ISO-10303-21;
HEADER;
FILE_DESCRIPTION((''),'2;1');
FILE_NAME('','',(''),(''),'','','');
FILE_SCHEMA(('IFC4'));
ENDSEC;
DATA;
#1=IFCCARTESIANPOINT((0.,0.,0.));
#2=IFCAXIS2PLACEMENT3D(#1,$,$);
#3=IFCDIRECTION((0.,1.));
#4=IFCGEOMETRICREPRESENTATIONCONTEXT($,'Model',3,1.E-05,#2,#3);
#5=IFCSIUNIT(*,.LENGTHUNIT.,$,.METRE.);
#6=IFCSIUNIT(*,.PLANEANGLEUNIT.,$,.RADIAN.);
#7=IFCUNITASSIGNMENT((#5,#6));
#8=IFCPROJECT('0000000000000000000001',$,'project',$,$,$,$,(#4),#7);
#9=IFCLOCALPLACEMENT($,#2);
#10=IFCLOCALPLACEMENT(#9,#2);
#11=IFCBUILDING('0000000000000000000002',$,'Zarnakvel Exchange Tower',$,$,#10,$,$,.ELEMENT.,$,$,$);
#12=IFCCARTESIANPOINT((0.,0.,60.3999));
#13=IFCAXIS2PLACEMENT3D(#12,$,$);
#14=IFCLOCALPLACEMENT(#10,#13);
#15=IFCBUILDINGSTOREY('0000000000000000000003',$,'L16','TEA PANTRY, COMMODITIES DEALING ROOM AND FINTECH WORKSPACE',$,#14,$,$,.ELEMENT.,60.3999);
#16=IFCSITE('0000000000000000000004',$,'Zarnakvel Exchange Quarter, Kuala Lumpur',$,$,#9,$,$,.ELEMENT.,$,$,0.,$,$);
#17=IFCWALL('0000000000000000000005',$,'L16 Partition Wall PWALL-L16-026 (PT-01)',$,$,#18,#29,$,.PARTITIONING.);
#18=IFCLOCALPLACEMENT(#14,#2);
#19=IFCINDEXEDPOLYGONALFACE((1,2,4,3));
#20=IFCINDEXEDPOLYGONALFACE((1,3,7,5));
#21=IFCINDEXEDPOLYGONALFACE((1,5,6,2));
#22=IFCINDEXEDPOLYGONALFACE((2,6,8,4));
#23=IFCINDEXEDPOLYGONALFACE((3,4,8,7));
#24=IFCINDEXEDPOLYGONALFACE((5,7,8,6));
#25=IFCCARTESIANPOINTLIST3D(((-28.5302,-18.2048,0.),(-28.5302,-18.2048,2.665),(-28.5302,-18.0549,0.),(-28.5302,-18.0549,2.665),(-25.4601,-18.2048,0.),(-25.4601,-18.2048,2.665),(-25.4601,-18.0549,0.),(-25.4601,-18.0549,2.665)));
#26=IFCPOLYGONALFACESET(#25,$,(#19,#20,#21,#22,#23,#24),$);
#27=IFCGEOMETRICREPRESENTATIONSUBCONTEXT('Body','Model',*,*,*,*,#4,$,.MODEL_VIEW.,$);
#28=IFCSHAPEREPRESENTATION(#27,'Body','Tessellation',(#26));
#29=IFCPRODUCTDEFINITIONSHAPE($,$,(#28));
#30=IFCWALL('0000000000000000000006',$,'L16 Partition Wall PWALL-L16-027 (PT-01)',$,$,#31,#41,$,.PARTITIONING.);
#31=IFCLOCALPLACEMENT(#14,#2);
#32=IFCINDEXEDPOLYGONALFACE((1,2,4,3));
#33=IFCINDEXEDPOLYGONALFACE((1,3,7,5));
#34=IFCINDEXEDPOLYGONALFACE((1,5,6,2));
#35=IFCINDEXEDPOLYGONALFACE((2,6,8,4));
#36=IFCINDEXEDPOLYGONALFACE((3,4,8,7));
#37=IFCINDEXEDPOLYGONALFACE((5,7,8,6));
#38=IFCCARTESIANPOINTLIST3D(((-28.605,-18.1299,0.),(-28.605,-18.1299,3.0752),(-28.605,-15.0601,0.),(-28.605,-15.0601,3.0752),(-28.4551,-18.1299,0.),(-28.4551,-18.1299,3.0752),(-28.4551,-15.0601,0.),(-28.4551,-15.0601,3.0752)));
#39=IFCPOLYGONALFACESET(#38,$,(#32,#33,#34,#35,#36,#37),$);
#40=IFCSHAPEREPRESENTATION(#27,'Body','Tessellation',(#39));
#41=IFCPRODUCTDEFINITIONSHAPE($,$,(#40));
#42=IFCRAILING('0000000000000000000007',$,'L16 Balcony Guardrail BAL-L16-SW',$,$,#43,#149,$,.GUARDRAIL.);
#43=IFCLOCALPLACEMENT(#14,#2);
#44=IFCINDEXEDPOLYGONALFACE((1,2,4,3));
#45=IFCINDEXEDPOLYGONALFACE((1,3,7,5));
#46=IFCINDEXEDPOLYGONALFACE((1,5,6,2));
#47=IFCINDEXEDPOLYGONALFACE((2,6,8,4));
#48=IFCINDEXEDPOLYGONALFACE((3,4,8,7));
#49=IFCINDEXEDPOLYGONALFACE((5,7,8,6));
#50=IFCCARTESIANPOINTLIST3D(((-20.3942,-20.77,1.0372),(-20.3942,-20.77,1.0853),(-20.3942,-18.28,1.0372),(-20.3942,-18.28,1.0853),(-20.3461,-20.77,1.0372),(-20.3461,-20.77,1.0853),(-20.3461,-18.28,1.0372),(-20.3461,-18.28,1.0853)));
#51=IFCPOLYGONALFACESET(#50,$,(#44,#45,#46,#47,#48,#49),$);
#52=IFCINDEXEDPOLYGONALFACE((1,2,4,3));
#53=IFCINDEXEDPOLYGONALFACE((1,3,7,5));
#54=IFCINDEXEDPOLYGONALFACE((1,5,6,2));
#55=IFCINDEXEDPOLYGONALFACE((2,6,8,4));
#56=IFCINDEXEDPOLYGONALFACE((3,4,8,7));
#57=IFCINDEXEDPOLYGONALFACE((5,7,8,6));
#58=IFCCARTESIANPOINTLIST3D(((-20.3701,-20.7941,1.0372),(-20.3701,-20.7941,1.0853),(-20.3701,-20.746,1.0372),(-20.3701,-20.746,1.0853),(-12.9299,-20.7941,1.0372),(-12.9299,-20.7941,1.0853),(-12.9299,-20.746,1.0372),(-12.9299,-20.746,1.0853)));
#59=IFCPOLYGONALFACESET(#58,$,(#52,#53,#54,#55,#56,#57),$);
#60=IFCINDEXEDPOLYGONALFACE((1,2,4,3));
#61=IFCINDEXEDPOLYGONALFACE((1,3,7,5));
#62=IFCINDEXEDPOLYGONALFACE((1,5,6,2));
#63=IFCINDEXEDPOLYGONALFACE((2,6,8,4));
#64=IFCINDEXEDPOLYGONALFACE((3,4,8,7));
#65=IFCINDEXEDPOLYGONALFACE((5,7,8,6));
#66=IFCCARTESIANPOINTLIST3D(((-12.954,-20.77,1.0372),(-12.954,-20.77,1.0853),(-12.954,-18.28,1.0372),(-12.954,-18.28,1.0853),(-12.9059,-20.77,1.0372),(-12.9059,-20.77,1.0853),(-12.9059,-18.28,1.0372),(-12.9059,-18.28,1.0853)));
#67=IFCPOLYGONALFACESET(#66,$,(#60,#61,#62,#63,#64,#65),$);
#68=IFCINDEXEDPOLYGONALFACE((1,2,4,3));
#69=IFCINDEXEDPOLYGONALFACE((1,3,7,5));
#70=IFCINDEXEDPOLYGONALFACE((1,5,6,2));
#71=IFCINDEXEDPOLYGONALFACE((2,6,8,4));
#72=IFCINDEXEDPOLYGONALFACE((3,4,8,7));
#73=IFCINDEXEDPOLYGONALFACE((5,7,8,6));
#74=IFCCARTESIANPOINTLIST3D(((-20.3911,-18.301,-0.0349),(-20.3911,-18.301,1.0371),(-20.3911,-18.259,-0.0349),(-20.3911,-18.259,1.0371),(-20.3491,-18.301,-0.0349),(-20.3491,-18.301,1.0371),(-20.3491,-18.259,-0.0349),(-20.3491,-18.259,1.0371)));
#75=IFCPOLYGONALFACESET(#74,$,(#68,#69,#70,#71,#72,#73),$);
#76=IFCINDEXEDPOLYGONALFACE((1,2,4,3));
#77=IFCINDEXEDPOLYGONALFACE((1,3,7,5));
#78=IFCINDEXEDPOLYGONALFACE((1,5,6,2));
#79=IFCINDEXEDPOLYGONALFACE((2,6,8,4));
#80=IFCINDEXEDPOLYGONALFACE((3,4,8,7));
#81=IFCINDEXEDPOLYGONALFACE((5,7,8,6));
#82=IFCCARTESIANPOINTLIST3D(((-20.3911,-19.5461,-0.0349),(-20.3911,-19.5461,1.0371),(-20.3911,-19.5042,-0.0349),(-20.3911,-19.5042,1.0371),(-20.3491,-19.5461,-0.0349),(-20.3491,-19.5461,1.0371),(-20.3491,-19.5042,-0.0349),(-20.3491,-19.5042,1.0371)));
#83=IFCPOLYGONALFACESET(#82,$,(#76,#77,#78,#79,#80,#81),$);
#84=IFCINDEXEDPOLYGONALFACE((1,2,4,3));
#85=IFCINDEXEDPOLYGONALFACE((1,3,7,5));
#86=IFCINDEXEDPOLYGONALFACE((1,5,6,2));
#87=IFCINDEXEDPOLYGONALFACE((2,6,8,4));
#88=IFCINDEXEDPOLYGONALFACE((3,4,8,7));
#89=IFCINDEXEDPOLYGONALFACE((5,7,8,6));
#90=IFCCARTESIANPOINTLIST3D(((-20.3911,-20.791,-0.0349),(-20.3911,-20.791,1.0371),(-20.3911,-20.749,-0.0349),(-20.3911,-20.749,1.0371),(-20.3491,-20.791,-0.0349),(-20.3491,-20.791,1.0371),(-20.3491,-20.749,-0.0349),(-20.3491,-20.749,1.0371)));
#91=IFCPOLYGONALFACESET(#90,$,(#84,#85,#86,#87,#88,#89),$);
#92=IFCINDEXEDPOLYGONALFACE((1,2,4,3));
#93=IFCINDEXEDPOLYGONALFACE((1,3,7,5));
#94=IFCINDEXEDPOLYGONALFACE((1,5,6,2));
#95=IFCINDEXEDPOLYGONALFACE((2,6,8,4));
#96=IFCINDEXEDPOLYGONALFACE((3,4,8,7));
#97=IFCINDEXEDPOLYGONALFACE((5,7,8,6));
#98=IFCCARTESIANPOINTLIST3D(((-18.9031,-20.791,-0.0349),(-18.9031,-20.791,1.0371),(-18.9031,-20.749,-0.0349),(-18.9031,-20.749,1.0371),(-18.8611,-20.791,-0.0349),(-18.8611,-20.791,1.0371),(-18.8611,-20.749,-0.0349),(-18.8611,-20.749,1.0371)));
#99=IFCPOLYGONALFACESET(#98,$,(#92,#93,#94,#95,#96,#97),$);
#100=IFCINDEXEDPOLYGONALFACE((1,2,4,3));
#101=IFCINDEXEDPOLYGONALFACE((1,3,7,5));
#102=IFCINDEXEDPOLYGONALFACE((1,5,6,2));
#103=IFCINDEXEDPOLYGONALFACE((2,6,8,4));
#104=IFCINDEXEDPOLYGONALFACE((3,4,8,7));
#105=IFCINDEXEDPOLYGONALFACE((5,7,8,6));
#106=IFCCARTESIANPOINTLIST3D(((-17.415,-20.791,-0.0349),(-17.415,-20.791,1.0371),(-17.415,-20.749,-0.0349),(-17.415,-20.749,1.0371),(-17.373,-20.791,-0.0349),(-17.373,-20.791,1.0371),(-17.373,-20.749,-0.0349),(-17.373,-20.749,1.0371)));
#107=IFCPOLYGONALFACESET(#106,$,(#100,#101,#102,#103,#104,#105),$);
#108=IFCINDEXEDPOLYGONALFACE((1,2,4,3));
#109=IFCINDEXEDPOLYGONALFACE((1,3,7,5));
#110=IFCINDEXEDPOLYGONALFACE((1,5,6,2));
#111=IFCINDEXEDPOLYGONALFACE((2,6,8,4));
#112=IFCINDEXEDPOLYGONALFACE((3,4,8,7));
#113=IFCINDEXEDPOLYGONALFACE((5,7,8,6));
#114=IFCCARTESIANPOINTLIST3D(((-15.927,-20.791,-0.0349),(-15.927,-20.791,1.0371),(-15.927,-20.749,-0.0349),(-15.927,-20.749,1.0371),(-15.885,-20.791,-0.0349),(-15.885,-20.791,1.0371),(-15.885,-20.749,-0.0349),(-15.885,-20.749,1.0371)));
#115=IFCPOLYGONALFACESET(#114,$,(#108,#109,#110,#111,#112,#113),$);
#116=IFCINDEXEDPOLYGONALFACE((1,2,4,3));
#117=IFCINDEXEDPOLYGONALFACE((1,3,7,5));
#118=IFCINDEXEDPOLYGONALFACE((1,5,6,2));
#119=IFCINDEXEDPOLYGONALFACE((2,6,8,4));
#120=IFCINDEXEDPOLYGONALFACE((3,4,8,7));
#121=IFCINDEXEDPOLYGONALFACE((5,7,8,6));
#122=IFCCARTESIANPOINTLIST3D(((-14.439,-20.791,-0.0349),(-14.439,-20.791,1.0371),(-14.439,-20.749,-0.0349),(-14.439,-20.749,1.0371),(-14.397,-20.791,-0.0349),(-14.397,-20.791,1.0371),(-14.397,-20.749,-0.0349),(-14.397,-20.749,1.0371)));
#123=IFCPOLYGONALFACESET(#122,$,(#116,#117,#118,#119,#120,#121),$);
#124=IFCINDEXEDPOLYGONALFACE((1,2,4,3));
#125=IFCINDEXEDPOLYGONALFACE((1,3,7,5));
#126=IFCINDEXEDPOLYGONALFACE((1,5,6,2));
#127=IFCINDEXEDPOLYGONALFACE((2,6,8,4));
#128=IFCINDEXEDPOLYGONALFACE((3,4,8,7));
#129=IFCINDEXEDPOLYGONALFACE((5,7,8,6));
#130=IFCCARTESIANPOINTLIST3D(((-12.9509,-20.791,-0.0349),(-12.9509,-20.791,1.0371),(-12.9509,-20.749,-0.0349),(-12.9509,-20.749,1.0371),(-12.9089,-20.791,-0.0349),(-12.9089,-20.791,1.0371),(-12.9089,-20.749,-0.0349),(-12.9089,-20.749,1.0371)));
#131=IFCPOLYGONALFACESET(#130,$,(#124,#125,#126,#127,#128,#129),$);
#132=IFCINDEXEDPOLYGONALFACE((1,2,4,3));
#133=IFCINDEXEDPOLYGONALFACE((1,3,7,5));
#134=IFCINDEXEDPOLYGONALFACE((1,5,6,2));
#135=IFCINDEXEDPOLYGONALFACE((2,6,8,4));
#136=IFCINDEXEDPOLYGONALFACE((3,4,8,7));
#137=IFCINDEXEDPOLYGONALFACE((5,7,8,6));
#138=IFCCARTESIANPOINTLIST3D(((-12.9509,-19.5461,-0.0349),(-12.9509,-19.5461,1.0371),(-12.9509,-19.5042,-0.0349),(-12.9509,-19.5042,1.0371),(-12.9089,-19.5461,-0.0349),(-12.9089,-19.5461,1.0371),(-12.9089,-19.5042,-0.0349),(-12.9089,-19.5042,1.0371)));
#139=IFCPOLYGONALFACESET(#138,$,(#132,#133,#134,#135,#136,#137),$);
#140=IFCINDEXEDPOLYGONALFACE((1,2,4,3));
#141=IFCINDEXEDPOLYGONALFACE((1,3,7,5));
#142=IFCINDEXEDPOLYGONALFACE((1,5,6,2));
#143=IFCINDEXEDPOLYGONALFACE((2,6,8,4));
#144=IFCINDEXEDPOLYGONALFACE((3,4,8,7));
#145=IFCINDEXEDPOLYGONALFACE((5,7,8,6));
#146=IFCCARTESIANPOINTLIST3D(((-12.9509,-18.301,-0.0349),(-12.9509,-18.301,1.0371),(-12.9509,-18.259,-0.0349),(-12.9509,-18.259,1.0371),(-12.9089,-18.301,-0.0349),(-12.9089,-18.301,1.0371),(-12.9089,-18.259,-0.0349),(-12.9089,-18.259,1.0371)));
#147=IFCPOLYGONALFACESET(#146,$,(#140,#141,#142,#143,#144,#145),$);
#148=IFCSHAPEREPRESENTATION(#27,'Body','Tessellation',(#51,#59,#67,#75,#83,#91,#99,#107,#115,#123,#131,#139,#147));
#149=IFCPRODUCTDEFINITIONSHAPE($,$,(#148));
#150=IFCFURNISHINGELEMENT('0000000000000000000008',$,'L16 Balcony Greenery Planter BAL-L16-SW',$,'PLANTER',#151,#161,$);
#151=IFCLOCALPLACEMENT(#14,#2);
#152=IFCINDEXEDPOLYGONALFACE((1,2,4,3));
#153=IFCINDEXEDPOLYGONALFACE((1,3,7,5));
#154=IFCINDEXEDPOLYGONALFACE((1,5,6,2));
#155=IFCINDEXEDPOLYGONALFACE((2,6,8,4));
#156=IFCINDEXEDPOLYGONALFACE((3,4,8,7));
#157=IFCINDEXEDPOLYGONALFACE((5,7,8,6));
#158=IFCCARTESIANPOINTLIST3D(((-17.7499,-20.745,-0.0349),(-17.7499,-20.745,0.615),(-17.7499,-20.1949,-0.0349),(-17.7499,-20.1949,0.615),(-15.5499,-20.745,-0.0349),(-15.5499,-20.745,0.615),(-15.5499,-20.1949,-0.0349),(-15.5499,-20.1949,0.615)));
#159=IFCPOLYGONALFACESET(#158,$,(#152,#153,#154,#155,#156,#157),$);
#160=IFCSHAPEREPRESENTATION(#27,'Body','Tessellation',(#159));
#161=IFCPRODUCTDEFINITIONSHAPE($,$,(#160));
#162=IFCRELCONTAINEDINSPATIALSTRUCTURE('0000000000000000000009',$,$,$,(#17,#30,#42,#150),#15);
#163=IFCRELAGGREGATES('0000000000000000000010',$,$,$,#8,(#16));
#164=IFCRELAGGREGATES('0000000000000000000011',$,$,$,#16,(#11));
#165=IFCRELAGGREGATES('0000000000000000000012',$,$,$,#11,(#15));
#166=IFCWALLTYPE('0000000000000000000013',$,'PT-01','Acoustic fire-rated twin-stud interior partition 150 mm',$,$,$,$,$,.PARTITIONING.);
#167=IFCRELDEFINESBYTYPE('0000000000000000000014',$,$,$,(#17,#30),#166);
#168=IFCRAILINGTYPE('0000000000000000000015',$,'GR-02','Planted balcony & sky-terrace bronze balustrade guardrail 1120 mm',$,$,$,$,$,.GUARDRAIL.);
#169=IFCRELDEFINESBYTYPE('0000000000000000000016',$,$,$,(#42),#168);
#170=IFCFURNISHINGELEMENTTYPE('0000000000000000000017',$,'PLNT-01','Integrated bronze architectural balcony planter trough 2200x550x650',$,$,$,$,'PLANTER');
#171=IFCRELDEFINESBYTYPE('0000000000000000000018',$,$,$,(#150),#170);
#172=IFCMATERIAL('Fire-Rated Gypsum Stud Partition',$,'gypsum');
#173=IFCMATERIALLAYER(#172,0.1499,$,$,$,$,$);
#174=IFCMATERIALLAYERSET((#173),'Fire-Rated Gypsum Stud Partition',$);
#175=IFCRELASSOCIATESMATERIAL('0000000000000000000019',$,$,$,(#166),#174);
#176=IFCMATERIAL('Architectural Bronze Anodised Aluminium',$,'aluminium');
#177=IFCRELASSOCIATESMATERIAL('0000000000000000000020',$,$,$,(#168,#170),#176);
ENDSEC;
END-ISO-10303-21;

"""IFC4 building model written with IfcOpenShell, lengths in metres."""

from ifc_helpers import new_model, si_unit, direction, frame, frame_2d, origin, origin_2d, place, context, subcontext, project, spatial, rectangle, extrude, source, transform, mapped, material, layer, layer_set, type_object, element, save


model = new_model("IFC4")

# Units and contexts
model_context = context("Model", 3, precision=1e-05, world=origin(), true_north=direction((0.0, 1.0)))
body_context = subcontext(model_context, "Body", "Model", "MODEL_VIEW")
ifc_project = project(units=[si_unit("LENGTHUNIT", "METRE"), si_unit("PLANEANGLEUNIT", "RADIAN")], contexts=[model_context])

# Site, building, storey
site_placement = place(None, origin())
site = spatial("IfcSite", under=ifc_project, at=site_placement, Name="Zarnakvel Exchange Quarter, Kuala Lumpur", CompositionType="ELEMENT", RefElevation=0.0)
building_placement = place(site_placement, origin())
building = spatial("IfcBuilding", under=site, at=building_placement, Name="Zarnakvel Exchange Tower", CompositionType="ELEMENT")
storey_placement = place(building_placement, frame((0.0, 0.0, 60.3999)))
storey = spatial("IfcBuildingStorey", under=building, at=storey_placement, Name="L16", Description="TEA PANTRY, COMMODITIES DEALING ROOM AND FINTECH WORKSPACE", CompositionType="ELEMENT", Elevation=60.3999)

# Walls
ifc_material_1 = material(Name="Fire-Rated Gypsum Stud Partition", Category="gypsum")
ifc_layer_1 = layer(ifc_material_1, 0.1499)
ifc_layer_set_1 = layer_set([ifc_layer_1], Name="Fire-Rated Gypsum Stud Partition")
wall_type_1 = type_object("IfcWallType", Name="PT-01", Description="Acoustic fire-rated twin-stud interior partition 150 mm", PredefinedType="PARTITIONING", material=ifc_layer_set_1)
wall_1_placement = place(storey_placement, frame((-25.46, -18.1299, 0.0), z_axis=(0.0, 0.0, 1.0), x_axis=(-1.0, 0.0, 0.0)))
element("IfcWall", 1, at=wall_1_placement, inside=storey, type_object=wall_type_1, Name="L16 Partition Wall PWALL-L16-026 (PT-01)", PredefinedType="PARTITIONING", context=body_context, shape_type="SweptSolid", body=[
    extrude(rectangle(XDim=3.0701, YDim=0.1499, at=frame_2d((1.5352, 0.0))), origin(), (0.0, 0.0, 1.0), 2.665),
])
wall_2_placement = place(storey_placement, frame((-28.53, -18.1299, 0.0), z_axis=(0.0, 0.0, 1.0), x_axis=(0.0, 1.0, 0.0)))
element("IfcWall", 2, at=wall_2_placement, inside=storey, type_object=wall_type_1, Name="L16 Partition Wall PWALL-L16-027 (PT-01)", PredefinedType="PARTITIONING", context=body_context, shape_type="SweptSolid", body=[
    extrude(rectangle(XDim=3.0698, YDim=0.1499, at=frame_2d((1.5349, 0.0))), origin(), (0.0, 0.0, 1.0), 3.0752),
])

# Railing
ifc_material_2 = material(Name="Architectural Bronze Anodised Aluminium", Category="aluminium")
railing_type = type_object("IfcRailingType", Name="GR-02", Description="Planted balcony & sky-terrace bronze balustrade guardrail 1120 mm", PredefinedType="GUARDRAIL", material=ifc_material_2)
railing_placement = place(storey_placement, frame((-20.3701, -18.28, -0.0349)))
element("IfcRailing", 3, at=railing_placement, inside=storey, type_object=railing_type, Name="L16 Balcony Guardrail BAL-L16-SW", PredefinedType="GUARDRAIL", context=body_context, shape_type="SweptSolid", body=[
    extrude(rectangle(XDim=0.0481, YDim=0.0481, at=origin_2d()), frame((0.0, 0.0, 1.0962), z_axis=(0.0, -1.0, 0.0), x_axis=(1.0, 0.0, 0.0)), (0.0, 0.0, 1.0), 2.49),
    extrude(rectangle(XDim=0.0481, YDim=0.0481, at=origin_2d()), frame((0.0, -2.49, 1.0962), z_axis=(1.0, 0.0, 0.0), x_axis=(0.0, 1.0, 0.0)), (0.0, 0.0, 1.0), 7.4402),
    extrude(rectangle(XDim=0.0481, YDim=0.0481, at=origin_2d()), frame((7.4402, -2.49, 1.0962), z_axis=(0.0, 1.0, 0.0), x_axis=(-1.0, 0.0, 0.0)), (0.0, 0.0, 1.0), 2.49),
    extrude(rectangle(XDim=0.042, YDim=0.042, at=origin_2d()), origin(), (0.0, 0.0, 1.0), 1.072),
    extrude(rectangle(XDim=0.042, YDim=0.042, at=origin_2d()), frame((0.0, -1.2451, 0.0)), (0.0, 0.0, 1.0), 1.072),
    extrude(rectangle(XDim=0.042, YDim=0.042, at=origin_2d()), frame((0.0, -2.49, 0.0)), (0.0, 0.0, 1.0), 1.072),
    extrude(rectangle(XDim=0.042, YDim=0.042, at=origin_2d()), frame((1.488, -2.49, 0.0)), (0.0, 0.0, 1.0), 1.072),
    extrude(rectangle(XDim=0.042, YDim=0.042, at=origin_2d()), frame((2.9761, -2.49, 0.0)), (0.0, 0.0, 1.0), 1.072),
    extrude(rectangle(XDim=0.042, YDim=0.042, at=origin_2d()), frame((4.4641, -2.49, 0.0)), (0.0, 0.0, 1.0), 1.072),
    extrude(rectangle(XDim=0.042, YDim=0.042, at=origin_2d()), frame((5.9521, -2.49, 0.0)), (0.0, 0.0, 1.0), 1.072),
    extrude(rectangle(XDim=0.042, YDim=0.042, at=origin_2d()), frame((7.4402, -2.49, 0.0)), (0.0, 0.0, 1.0), 1.072),
    extrude(rectangle(XDim=0.042, YDim=0.042, at=origin_2d()), frame((7.4402, -1.2451, 0.0)), (0.0, 0.0, 1.0), 1.072),
    extrude(rectangle(XDim=0.042, YDim=0.042, at=origin_2d()), frame((7.4402, 0.0, 0.0)), (0.0, 0.0, 1.0), 1.072),
])

# Furnishing element
furnishing_element_type = type_object("IfcFurnishingElementType", Name="PLNT-01", Description="Integrated bronze architectural balcony planter trough 2200x550x650", ElementType="PLANTER", material=ifc_material_2)
shared_shape = source(origin(), body_context, "Body", "SweptSolid", [
    extrude(rectangle(XDim=2.2, YDim=0.55, at=origin_2d()), origin(), (0.0, 0.0, 1.0), 0.6499),
])
furnishing_placement = place(storey_placement, frame((-16.6499, -20.47, -0.0349), z_axis=(0.0, 0.0, 1.0), x_axis=(1.0, 0.0, 0.0)))
element("IfcFurnishingElement", 4, at=furnishing_placement, inside=storey, type_object=furnishing_element_type, Name="L16 Balcony Greenery Planter BAL-L16-SW", ObjectType="PLANTER", context=body_context, shape_type="MappedRepresentation", body=[
    mapped(shared_shape, transform((0.0, 0.0, 0.0), x_axis=(1.0, 0.0, 0.0), y_axis=(0.0, 1.0, 0.0), z_axis=(0.0, 0.0, 1.0), scale=1.0)),
])

save(model, "model.ifc")
